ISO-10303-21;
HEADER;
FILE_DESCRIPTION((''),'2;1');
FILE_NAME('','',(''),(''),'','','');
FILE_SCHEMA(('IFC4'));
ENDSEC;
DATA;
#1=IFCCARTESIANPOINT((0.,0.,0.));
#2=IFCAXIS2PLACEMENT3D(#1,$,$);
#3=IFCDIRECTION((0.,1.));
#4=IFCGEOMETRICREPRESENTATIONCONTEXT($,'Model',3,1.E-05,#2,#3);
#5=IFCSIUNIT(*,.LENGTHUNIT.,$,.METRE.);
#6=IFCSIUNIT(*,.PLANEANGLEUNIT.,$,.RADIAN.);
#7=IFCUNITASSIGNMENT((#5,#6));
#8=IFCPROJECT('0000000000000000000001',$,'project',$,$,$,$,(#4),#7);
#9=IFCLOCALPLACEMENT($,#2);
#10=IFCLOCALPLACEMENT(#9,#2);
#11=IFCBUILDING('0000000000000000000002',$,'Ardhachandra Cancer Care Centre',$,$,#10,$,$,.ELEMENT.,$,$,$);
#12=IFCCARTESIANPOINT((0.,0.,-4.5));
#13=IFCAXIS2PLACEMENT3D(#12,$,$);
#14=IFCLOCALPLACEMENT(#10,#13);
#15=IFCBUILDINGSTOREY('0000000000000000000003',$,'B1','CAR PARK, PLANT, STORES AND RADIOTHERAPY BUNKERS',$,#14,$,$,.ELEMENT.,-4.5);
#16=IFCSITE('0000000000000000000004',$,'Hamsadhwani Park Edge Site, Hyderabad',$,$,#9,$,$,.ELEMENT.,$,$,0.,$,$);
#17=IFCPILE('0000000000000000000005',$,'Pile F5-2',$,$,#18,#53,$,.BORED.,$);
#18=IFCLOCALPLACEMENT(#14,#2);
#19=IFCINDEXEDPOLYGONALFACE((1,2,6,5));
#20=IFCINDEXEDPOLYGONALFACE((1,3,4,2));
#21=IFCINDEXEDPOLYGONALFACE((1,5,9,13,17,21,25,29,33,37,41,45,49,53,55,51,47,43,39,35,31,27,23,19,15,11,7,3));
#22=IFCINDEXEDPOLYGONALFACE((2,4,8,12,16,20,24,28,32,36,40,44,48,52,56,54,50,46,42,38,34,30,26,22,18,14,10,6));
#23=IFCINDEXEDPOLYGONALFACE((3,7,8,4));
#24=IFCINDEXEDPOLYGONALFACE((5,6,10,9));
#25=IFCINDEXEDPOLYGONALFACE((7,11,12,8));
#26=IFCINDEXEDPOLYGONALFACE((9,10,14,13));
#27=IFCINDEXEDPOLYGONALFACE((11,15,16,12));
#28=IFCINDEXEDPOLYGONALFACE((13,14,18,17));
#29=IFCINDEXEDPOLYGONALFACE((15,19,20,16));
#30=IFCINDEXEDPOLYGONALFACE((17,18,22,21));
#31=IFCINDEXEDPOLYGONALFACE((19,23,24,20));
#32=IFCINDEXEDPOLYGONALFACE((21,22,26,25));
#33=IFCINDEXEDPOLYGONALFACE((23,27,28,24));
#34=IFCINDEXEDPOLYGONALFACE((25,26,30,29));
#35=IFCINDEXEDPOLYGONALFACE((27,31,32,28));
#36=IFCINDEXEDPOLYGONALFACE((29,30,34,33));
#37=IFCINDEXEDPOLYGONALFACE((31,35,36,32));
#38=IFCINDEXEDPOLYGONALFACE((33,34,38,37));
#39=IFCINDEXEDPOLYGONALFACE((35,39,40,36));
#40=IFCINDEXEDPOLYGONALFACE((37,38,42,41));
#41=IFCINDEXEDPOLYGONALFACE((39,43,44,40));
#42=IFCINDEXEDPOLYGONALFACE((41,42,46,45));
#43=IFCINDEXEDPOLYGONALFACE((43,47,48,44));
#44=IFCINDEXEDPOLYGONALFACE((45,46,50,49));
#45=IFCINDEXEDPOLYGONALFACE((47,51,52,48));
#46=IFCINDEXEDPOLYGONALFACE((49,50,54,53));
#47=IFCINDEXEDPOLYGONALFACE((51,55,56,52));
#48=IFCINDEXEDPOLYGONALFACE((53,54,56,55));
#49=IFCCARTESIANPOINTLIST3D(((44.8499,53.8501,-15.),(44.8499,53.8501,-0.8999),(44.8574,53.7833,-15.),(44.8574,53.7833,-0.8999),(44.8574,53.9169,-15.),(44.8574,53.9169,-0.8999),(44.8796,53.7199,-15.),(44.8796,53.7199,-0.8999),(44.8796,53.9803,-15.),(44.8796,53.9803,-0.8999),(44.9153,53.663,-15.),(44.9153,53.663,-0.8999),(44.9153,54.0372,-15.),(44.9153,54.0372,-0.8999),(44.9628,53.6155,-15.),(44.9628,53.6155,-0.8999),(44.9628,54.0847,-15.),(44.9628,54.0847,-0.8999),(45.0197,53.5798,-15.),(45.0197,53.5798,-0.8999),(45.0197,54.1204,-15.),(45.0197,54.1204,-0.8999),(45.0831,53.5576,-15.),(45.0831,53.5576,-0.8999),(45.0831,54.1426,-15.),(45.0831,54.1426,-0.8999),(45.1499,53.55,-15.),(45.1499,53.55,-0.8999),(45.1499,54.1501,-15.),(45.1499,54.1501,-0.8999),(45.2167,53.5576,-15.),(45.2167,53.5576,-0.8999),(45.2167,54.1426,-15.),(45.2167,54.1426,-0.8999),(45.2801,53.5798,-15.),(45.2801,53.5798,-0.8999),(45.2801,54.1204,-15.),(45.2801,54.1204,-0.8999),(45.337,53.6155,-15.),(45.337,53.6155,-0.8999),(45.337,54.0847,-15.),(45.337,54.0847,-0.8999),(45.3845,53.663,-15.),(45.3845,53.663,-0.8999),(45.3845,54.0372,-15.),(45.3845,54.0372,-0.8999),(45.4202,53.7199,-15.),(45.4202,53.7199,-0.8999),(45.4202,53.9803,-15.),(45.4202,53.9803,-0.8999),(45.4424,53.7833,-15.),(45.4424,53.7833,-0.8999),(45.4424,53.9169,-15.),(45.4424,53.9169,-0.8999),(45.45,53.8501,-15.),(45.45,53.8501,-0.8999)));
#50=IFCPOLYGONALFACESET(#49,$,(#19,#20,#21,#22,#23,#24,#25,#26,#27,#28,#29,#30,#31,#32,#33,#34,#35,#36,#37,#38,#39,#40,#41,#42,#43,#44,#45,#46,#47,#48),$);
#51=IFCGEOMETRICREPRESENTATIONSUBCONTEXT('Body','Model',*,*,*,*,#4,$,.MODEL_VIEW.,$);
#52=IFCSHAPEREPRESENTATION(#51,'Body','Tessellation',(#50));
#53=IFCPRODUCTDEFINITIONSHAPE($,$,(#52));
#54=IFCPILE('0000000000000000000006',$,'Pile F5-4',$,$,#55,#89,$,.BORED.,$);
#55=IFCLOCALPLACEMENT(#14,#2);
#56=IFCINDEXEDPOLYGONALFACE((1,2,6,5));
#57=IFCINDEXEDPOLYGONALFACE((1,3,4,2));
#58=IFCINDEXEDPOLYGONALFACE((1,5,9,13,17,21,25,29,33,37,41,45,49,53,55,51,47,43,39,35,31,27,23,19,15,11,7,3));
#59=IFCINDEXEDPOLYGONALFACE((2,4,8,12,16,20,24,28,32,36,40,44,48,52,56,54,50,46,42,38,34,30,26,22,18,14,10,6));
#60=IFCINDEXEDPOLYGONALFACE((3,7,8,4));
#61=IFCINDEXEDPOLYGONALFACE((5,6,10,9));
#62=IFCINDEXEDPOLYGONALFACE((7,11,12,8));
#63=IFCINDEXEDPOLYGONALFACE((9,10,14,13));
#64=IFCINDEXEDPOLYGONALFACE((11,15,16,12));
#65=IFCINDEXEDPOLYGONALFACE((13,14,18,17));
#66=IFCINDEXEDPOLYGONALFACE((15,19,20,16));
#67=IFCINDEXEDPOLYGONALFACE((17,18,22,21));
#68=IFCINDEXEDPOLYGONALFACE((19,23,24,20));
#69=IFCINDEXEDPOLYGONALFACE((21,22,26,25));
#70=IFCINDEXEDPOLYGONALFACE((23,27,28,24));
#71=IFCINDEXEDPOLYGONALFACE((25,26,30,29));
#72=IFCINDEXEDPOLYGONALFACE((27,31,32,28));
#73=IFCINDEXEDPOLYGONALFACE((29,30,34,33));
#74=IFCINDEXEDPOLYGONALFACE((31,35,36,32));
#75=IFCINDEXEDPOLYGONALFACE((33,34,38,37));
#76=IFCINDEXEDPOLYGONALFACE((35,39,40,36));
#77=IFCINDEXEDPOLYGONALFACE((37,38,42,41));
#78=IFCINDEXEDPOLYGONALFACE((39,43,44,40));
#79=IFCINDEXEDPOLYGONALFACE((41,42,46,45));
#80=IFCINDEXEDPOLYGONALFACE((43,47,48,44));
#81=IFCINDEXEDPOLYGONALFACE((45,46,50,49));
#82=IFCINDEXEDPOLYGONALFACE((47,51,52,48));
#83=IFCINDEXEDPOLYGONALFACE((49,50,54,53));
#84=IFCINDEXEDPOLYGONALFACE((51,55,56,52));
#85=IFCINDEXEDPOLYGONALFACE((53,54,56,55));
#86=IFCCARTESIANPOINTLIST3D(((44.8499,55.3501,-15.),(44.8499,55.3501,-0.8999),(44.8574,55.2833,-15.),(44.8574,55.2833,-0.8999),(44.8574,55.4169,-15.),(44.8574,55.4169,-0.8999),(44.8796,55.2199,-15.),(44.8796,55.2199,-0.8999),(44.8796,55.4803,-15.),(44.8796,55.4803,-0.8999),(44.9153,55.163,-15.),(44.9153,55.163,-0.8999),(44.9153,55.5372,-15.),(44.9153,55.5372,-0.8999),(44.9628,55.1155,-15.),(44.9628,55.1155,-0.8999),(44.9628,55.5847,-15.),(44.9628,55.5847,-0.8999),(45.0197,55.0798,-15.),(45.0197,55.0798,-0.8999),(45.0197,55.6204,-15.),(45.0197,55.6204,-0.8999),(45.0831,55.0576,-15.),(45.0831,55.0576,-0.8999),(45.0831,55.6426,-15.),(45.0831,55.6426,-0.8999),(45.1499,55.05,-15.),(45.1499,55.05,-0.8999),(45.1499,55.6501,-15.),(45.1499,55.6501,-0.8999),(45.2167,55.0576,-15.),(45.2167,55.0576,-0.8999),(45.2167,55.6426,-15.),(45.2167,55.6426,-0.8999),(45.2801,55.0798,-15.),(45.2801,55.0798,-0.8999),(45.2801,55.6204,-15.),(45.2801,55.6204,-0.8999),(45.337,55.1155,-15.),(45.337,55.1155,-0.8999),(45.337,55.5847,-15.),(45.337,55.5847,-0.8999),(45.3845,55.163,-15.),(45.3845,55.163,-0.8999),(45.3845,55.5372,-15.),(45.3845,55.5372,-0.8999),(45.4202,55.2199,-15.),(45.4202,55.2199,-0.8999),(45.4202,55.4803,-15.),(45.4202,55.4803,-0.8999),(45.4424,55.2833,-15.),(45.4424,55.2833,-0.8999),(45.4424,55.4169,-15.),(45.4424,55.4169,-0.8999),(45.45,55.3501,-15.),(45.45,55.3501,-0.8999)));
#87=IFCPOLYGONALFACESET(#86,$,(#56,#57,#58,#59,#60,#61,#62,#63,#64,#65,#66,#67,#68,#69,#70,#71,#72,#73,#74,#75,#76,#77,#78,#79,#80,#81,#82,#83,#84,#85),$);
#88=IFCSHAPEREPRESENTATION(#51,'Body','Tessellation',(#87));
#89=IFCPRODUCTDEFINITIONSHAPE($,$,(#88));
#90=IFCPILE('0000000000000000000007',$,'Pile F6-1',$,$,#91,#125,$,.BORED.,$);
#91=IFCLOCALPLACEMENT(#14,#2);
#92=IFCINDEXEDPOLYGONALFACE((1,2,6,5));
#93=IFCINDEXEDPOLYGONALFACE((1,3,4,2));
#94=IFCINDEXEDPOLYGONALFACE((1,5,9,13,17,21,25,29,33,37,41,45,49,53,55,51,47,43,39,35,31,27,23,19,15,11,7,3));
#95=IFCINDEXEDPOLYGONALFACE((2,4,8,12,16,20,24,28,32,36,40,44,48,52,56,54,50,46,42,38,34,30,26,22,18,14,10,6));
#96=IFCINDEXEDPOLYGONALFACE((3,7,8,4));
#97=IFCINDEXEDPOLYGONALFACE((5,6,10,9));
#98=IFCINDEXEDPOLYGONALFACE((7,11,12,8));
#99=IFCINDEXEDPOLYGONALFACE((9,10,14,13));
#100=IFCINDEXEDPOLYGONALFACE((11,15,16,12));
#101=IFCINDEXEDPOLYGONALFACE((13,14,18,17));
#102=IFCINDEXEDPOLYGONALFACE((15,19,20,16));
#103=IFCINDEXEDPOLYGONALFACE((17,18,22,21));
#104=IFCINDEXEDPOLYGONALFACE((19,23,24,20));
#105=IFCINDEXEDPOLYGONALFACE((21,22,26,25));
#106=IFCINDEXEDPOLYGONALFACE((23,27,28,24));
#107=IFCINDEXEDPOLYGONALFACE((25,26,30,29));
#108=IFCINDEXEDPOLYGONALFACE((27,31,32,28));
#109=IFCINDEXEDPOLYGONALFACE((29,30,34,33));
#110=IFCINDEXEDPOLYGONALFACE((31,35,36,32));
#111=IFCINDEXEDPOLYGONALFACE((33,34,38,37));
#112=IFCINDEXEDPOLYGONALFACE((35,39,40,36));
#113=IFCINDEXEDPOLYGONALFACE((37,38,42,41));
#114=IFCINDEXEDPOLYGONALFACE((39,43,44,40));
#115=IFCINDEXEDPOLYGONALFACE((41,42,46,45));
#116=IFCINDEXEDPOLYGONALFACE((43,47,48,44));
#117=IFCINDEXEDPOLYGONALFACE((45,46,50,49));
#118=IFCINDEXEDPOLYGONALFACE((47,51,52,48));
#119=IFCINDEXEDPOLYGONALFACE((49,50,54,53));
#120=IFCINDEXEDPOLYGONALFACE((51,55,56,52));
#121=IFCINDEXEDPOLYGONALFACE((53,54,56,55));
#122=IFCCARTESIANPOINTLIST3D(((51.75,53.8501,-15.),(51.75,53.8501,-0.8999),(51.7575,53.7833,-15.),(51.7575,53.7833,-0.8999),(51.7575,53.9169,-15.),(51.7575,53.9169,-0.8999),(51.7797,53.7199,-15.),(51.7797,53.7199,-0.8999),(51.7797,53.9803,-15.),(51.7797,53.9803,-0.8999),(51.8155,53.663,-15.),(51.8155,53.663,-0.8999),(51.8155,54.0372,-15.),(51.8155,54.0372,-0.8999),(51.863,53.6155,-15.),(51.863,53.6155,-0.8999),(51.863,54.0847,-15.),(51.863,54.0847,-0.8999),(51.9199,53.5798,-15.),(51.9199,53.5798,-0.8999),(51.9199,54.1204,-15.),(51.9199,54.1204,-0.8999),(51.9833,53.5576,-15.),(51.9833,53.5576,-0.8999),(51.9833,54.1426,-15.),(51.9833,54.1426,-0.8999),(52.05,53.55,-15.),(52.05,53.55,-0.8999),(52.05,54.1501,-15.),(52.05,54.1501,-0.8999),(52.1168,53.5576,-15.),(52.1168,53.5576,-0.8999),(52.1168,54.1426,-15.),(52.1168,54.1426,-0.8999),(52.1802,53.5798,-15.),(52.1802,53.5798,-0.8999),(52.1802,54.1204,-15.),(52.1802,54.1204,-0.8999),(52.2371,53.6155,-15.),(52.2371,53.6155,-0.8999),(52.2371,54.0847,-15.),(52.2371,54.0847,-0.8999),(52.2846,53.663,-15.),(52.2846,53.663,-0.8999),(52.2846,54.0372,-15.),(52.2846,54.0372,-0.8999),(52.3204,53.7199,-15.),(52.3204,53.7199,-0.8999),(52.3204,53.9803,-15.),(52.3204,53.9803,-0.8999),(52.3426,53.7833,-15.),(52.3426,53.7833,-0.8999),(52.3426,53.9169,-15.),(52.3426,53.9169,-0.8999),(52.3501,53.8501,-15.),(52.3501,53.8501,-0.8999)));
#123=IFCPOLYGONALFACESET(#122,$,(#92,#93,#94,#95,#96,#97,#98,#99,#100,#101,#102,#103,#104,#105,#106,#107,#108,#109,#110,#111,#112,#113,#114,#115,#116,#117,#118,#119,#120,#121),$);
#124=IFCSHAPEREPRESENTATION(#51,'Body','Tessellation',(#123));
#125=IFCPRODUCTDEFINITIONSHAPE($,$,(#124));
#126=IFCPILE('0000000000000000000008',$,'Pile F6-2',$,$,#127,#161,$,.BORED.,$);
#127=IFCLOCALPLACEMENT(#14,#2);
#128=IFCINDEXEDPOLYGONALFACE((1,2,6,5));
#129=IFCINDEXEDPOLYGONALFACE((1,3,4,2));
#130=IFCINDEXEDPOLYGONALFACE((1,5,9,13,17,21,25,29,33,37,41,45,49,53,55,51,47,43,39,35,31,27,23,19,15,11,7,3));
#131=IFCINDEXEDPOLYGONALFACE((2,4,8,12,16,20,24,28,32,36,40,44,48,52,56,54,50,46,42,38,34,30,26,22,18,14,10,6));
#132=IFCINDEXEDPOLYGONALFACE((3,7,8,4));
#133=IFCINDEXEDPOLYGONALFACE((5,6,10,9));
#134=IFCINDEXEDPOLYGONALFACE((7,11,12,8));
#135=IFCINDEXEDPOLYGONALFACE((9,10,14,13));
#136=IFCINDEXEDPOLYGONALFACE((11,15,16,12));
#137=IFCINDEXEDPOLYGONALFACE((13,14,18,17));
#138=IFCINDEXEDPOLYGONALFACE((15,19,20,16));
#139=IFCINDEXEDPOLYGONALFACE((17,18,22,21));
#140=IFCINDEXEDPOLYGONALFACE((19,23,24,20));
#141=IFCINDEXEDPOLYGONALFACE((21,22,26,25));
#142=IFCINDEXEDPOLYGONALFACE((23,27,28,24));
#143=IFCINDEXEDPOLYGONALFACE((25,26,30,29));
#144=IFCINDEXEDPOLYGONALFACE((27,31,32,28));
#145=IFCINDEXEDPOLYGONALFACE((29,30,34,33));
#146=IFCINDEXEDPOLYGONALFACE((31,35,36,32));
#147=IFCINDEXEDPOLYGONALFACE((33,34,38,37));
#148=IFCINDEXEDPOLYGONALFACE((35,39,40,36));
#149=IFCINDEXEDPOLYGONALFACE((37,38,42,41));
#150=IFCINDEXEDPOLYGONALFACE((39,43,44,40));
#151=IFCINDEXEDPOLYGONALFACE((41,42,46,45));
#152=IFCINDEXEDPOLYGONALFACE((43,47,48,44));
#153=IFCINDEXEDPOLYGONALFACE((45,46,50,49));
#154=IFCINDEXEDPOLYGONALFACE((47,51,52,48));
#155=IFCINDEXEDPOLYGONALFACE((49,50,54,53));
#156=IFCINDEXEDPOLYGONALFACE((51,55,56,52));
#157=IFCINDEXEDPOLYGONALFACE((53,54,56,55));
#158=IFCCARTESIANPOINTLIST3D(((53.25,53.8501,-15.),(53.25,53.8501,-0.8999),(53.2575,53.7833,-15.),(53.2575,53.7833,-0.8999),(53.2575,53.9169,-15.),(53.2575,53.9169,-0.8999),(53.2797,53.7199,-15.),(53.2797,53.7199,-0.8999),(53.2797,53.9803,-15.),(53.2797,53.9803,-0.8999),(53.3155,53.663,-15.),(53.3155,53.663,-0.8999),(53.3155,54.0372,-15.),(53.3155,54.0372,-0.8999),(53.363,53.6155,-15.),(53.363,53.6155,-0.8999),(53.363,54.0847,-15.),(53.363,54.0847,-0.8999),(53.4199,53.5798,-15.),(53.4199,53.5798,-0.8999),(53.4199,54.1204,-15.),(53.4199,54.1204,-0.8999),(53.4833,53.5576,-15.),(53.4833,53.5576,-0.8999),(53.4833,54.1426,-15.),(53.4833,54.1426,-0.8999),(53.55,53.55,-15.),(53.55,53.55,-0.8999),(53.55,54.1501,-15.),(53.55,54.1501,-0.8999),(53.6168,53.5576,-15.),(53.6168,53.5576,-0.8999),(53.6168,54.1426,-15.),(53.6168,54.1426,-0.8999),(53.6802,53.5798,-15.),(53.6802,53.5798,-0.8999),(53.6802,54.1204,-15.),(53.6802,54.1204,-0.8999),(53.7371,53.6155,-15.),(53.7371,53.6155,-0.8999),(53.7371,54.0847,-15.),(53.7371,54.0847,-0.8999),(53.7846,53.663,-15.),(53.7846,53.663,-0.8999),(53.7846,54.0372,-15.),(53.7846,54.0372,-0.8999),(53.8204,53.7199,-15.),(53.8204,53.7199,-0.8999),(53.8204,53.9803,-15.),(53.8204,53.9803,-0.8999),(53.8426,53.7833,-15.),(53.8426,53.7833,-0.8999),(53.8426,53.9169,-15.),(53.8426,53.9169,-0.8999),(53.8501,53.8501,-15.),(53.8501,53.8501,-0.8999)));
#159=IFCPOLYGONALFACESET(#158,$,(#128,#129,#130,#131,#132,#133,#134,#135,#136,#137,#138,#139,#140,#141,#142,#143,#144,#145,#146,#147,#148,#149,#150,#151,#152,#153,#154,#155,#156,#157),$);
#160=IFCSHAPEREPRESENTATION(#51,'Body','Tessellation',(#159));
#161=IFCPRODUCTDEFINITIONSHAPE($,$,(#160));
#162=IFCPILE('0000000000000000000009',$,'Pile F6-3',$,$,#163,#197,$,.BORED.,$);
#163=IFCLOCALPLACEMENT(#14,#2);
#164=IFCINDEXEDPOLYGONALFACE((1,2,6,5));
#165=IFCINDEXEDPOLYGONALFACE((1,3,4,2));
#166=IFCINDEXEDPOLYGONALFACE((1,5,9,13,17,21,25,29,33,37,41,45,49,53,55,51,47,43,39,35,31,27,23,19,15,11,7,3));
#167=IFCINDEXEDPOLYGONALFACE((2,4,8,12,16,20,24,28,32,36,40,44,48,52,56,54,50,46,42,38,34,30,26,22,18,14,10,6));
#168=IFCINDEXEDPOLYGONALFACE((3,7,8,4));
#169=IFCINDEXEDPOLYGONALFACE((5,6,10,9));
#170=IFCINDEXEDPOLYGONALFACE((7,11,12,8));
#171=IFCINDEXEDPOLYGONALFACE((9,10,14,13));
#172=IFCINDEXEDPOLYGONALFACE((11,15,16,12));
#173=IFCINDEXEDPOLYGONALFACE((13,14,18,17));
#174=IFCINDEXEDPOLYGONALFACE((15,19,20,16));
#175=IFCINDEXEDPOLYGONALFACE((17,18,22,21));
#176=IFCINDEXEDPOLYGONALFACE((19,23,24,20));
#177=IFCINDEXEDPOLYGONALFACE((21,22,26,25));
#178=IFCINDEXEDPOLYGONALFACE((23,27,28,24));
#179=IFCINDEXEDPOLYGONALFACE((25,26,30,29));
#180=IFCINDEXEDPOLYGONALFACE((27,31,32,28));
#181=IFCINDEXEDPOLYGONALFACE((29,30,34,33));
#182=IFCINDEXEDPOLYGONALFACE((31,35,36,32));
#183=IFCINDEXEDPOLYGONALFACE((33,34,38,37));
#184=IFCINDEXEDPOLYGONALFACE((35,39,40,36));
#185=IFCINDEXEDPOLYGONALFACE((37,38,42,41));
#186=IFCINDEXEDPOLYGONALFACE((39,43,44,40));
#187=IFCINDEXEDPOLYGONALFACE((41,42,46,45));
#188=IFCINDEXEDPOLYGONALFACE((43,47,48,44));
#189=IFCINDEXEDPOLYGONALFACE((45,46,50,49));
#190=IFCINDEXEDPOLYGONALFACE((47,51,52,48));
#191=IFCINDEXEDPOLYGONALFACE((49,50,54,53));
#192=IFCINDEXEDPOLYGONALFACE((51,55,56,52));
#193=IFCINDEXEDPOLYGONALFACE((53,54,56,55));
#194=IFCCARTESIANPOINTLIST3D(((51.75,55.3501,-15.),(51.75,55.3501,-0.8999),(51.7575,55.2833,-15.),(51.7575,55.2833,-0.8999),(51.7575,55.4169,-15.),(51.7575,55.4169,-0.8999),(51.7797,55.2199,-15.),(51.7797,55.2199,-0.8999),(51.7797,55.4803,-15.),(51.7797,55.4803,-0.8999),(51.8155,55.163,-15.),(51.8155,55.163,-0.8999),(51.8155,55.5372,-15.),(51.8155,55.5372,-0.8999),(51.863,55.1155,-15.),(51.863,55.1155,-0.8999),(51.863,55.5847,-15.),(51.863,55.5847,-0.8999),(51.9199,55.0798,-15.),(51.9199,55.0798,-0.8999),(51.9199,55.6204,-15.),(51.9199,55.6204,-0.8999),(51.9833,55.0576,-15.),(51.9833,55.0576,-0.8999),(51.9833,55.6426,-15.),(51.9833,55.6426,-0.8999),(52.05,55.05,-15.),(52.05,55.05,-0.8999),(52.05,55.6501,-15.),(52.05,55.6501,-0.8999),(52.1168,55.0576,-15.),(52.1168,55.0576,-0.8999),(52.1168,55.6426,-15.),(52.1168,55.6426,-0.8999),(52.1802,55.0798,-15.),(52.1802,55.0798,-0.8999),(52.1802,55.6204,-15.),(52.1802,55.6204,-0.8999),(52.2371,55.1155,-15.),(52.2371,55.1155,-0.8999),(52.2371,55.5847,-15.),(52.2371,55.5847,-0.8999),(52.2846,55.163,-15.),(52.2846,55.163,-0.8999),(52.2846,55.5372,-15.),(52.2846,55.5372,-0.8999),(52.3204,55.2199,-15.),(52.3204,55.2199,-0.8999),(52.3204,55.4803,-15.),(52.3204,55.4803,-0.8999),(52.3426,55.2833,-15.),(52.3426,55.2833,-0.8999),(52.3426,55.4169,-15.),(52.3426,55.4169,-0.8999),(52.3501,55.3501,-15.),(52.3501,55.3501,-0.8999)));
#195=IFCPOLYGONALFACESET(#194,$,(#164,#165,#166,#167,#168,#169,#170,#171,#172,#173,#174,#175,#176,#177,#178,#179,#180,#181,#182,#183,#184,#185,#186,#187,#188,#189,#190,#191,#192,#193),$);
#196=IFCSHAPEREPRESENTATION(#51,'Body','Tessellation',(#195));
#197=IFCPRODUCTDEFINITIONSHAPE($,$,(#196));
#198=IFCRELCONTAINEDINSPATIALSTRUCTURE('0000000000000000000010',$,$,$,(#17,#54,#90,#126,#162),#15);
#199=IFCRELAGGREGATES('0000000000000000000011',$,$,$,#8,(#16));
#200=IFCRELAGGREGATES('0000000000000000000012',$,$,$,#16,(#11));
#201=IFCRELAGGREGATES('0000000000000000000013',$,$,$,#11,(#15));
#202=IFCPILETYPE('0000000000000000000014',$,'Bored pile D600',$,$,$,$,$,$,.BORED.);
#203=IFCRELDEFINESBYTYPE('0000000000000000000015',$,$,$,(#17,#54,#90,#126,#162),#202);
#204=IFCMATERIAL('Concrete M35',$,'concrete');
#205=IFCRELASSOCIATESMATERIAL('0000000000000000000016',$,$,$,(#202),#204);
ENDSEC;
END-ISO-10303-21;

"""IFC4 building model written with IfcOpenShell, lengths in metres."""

from ifc_helpers import new_model, si_unit, direction, frame, origin, origin_2d, place, context, subcontext, project, spatial, circle, extrude, material, material_profile, profile_set, type_object, element, save


model = new_model("IFC4")

# Units and contexts
model_context = context("Model", 3, precision=1e-05, world=origin(), true_north=direction((0.0, 1.0)))
body_context = subcontext(model_context, "Body", "Model", "MODEL_VIEW")
ifc_project = project(units=[si_unit("LENGTHUNIT", "METRE"), si_unit("PLANEANGLEUNIT", "RADIAN")], contexts=[model_context])

# Site, building, storey
site_placement = place(None, origin())
site = spatial("IfcSite", under=ifc_project, at=site_placement, Name="Hamsadhwani Park Edge Site, Hyderabad", CompositionType="ELEMENT", RefElevation=0.0)
building_placement = place(site_placement, origin())
building = spatial("IfcBuilding", under=site, at=building_placement, Name="Ardhachandra Cancer Care Centre", CompositionType="ELEMENT")
storey_placement = place(building_placement, frame((0.0, 0.0, -4.5)))
storey = spatial("IfcBuildingStorey", under=building, at=storey_placement, Name="B1", Description="CAR PARK, PLANT, STORES AND RADIOTHERAPY BUNKERS", CompositionType="ELEMENT", Elevation=-4.5)

# Piles
ifc_material_1 = material(Name="Concrete M35", Category="concrete")
ifc_material_profile_1 = material_profile(ifc_material_1, circle(Radius=0.3, at=origin_2d()), Name="D600")
ifc_profile_set_1 = profile_set([ifc_material_profile_1], Name="Concrete M35")
pile_type = type_object("IfcPileType", Name="Bored pile D600", PredefinedType="BORED", material=ifc_profile_set_1)
for number, where, z_axis, x_axis, name in (
    (1, (45.1499, 53.8501, -0.8999), (0.0, 0.0, -1.0), (1.0, 0.0, 0.0), "Pile F5-2"),
    (2, (45.1499, 55.3501, -0.8999), (0.0, 0.0, -1.0), (1.0, 0.0, 0.0), "Pile F5-4"),
    (3, (52.05, 53.8501, -0.8999), (0.0, 0.0, -1.0), (1.0, 0.0, 0.0), "Pile F6-1"),
    (4, (53.55, 53.8501, -0.8999), (0.0, 0.0, -1.0), (1.0, 0.0, 0.0), "Pile F6-2"),
    (5, (52.05, 55.3501, -0.8999), (0.0, 0.0, -1.0), (1.0, 0.0, 0.0), "Pile F6-3"),
):
    element("IfcPile", number, at=place(storey_placement, frame(where, z_axis=z_axis, x_axis=x_axis)), inside=storey, type_object=pile_type, Name=name, PredefinedType="BORED", context=body_context, shape_type="SweptSolid", body=[
        extrude(circle(Radius=0.3, at=origin_2d()), origin(), (0.0, 0.0, 1.0), 14.1001),
    ])

save(model, "model.ifc")
